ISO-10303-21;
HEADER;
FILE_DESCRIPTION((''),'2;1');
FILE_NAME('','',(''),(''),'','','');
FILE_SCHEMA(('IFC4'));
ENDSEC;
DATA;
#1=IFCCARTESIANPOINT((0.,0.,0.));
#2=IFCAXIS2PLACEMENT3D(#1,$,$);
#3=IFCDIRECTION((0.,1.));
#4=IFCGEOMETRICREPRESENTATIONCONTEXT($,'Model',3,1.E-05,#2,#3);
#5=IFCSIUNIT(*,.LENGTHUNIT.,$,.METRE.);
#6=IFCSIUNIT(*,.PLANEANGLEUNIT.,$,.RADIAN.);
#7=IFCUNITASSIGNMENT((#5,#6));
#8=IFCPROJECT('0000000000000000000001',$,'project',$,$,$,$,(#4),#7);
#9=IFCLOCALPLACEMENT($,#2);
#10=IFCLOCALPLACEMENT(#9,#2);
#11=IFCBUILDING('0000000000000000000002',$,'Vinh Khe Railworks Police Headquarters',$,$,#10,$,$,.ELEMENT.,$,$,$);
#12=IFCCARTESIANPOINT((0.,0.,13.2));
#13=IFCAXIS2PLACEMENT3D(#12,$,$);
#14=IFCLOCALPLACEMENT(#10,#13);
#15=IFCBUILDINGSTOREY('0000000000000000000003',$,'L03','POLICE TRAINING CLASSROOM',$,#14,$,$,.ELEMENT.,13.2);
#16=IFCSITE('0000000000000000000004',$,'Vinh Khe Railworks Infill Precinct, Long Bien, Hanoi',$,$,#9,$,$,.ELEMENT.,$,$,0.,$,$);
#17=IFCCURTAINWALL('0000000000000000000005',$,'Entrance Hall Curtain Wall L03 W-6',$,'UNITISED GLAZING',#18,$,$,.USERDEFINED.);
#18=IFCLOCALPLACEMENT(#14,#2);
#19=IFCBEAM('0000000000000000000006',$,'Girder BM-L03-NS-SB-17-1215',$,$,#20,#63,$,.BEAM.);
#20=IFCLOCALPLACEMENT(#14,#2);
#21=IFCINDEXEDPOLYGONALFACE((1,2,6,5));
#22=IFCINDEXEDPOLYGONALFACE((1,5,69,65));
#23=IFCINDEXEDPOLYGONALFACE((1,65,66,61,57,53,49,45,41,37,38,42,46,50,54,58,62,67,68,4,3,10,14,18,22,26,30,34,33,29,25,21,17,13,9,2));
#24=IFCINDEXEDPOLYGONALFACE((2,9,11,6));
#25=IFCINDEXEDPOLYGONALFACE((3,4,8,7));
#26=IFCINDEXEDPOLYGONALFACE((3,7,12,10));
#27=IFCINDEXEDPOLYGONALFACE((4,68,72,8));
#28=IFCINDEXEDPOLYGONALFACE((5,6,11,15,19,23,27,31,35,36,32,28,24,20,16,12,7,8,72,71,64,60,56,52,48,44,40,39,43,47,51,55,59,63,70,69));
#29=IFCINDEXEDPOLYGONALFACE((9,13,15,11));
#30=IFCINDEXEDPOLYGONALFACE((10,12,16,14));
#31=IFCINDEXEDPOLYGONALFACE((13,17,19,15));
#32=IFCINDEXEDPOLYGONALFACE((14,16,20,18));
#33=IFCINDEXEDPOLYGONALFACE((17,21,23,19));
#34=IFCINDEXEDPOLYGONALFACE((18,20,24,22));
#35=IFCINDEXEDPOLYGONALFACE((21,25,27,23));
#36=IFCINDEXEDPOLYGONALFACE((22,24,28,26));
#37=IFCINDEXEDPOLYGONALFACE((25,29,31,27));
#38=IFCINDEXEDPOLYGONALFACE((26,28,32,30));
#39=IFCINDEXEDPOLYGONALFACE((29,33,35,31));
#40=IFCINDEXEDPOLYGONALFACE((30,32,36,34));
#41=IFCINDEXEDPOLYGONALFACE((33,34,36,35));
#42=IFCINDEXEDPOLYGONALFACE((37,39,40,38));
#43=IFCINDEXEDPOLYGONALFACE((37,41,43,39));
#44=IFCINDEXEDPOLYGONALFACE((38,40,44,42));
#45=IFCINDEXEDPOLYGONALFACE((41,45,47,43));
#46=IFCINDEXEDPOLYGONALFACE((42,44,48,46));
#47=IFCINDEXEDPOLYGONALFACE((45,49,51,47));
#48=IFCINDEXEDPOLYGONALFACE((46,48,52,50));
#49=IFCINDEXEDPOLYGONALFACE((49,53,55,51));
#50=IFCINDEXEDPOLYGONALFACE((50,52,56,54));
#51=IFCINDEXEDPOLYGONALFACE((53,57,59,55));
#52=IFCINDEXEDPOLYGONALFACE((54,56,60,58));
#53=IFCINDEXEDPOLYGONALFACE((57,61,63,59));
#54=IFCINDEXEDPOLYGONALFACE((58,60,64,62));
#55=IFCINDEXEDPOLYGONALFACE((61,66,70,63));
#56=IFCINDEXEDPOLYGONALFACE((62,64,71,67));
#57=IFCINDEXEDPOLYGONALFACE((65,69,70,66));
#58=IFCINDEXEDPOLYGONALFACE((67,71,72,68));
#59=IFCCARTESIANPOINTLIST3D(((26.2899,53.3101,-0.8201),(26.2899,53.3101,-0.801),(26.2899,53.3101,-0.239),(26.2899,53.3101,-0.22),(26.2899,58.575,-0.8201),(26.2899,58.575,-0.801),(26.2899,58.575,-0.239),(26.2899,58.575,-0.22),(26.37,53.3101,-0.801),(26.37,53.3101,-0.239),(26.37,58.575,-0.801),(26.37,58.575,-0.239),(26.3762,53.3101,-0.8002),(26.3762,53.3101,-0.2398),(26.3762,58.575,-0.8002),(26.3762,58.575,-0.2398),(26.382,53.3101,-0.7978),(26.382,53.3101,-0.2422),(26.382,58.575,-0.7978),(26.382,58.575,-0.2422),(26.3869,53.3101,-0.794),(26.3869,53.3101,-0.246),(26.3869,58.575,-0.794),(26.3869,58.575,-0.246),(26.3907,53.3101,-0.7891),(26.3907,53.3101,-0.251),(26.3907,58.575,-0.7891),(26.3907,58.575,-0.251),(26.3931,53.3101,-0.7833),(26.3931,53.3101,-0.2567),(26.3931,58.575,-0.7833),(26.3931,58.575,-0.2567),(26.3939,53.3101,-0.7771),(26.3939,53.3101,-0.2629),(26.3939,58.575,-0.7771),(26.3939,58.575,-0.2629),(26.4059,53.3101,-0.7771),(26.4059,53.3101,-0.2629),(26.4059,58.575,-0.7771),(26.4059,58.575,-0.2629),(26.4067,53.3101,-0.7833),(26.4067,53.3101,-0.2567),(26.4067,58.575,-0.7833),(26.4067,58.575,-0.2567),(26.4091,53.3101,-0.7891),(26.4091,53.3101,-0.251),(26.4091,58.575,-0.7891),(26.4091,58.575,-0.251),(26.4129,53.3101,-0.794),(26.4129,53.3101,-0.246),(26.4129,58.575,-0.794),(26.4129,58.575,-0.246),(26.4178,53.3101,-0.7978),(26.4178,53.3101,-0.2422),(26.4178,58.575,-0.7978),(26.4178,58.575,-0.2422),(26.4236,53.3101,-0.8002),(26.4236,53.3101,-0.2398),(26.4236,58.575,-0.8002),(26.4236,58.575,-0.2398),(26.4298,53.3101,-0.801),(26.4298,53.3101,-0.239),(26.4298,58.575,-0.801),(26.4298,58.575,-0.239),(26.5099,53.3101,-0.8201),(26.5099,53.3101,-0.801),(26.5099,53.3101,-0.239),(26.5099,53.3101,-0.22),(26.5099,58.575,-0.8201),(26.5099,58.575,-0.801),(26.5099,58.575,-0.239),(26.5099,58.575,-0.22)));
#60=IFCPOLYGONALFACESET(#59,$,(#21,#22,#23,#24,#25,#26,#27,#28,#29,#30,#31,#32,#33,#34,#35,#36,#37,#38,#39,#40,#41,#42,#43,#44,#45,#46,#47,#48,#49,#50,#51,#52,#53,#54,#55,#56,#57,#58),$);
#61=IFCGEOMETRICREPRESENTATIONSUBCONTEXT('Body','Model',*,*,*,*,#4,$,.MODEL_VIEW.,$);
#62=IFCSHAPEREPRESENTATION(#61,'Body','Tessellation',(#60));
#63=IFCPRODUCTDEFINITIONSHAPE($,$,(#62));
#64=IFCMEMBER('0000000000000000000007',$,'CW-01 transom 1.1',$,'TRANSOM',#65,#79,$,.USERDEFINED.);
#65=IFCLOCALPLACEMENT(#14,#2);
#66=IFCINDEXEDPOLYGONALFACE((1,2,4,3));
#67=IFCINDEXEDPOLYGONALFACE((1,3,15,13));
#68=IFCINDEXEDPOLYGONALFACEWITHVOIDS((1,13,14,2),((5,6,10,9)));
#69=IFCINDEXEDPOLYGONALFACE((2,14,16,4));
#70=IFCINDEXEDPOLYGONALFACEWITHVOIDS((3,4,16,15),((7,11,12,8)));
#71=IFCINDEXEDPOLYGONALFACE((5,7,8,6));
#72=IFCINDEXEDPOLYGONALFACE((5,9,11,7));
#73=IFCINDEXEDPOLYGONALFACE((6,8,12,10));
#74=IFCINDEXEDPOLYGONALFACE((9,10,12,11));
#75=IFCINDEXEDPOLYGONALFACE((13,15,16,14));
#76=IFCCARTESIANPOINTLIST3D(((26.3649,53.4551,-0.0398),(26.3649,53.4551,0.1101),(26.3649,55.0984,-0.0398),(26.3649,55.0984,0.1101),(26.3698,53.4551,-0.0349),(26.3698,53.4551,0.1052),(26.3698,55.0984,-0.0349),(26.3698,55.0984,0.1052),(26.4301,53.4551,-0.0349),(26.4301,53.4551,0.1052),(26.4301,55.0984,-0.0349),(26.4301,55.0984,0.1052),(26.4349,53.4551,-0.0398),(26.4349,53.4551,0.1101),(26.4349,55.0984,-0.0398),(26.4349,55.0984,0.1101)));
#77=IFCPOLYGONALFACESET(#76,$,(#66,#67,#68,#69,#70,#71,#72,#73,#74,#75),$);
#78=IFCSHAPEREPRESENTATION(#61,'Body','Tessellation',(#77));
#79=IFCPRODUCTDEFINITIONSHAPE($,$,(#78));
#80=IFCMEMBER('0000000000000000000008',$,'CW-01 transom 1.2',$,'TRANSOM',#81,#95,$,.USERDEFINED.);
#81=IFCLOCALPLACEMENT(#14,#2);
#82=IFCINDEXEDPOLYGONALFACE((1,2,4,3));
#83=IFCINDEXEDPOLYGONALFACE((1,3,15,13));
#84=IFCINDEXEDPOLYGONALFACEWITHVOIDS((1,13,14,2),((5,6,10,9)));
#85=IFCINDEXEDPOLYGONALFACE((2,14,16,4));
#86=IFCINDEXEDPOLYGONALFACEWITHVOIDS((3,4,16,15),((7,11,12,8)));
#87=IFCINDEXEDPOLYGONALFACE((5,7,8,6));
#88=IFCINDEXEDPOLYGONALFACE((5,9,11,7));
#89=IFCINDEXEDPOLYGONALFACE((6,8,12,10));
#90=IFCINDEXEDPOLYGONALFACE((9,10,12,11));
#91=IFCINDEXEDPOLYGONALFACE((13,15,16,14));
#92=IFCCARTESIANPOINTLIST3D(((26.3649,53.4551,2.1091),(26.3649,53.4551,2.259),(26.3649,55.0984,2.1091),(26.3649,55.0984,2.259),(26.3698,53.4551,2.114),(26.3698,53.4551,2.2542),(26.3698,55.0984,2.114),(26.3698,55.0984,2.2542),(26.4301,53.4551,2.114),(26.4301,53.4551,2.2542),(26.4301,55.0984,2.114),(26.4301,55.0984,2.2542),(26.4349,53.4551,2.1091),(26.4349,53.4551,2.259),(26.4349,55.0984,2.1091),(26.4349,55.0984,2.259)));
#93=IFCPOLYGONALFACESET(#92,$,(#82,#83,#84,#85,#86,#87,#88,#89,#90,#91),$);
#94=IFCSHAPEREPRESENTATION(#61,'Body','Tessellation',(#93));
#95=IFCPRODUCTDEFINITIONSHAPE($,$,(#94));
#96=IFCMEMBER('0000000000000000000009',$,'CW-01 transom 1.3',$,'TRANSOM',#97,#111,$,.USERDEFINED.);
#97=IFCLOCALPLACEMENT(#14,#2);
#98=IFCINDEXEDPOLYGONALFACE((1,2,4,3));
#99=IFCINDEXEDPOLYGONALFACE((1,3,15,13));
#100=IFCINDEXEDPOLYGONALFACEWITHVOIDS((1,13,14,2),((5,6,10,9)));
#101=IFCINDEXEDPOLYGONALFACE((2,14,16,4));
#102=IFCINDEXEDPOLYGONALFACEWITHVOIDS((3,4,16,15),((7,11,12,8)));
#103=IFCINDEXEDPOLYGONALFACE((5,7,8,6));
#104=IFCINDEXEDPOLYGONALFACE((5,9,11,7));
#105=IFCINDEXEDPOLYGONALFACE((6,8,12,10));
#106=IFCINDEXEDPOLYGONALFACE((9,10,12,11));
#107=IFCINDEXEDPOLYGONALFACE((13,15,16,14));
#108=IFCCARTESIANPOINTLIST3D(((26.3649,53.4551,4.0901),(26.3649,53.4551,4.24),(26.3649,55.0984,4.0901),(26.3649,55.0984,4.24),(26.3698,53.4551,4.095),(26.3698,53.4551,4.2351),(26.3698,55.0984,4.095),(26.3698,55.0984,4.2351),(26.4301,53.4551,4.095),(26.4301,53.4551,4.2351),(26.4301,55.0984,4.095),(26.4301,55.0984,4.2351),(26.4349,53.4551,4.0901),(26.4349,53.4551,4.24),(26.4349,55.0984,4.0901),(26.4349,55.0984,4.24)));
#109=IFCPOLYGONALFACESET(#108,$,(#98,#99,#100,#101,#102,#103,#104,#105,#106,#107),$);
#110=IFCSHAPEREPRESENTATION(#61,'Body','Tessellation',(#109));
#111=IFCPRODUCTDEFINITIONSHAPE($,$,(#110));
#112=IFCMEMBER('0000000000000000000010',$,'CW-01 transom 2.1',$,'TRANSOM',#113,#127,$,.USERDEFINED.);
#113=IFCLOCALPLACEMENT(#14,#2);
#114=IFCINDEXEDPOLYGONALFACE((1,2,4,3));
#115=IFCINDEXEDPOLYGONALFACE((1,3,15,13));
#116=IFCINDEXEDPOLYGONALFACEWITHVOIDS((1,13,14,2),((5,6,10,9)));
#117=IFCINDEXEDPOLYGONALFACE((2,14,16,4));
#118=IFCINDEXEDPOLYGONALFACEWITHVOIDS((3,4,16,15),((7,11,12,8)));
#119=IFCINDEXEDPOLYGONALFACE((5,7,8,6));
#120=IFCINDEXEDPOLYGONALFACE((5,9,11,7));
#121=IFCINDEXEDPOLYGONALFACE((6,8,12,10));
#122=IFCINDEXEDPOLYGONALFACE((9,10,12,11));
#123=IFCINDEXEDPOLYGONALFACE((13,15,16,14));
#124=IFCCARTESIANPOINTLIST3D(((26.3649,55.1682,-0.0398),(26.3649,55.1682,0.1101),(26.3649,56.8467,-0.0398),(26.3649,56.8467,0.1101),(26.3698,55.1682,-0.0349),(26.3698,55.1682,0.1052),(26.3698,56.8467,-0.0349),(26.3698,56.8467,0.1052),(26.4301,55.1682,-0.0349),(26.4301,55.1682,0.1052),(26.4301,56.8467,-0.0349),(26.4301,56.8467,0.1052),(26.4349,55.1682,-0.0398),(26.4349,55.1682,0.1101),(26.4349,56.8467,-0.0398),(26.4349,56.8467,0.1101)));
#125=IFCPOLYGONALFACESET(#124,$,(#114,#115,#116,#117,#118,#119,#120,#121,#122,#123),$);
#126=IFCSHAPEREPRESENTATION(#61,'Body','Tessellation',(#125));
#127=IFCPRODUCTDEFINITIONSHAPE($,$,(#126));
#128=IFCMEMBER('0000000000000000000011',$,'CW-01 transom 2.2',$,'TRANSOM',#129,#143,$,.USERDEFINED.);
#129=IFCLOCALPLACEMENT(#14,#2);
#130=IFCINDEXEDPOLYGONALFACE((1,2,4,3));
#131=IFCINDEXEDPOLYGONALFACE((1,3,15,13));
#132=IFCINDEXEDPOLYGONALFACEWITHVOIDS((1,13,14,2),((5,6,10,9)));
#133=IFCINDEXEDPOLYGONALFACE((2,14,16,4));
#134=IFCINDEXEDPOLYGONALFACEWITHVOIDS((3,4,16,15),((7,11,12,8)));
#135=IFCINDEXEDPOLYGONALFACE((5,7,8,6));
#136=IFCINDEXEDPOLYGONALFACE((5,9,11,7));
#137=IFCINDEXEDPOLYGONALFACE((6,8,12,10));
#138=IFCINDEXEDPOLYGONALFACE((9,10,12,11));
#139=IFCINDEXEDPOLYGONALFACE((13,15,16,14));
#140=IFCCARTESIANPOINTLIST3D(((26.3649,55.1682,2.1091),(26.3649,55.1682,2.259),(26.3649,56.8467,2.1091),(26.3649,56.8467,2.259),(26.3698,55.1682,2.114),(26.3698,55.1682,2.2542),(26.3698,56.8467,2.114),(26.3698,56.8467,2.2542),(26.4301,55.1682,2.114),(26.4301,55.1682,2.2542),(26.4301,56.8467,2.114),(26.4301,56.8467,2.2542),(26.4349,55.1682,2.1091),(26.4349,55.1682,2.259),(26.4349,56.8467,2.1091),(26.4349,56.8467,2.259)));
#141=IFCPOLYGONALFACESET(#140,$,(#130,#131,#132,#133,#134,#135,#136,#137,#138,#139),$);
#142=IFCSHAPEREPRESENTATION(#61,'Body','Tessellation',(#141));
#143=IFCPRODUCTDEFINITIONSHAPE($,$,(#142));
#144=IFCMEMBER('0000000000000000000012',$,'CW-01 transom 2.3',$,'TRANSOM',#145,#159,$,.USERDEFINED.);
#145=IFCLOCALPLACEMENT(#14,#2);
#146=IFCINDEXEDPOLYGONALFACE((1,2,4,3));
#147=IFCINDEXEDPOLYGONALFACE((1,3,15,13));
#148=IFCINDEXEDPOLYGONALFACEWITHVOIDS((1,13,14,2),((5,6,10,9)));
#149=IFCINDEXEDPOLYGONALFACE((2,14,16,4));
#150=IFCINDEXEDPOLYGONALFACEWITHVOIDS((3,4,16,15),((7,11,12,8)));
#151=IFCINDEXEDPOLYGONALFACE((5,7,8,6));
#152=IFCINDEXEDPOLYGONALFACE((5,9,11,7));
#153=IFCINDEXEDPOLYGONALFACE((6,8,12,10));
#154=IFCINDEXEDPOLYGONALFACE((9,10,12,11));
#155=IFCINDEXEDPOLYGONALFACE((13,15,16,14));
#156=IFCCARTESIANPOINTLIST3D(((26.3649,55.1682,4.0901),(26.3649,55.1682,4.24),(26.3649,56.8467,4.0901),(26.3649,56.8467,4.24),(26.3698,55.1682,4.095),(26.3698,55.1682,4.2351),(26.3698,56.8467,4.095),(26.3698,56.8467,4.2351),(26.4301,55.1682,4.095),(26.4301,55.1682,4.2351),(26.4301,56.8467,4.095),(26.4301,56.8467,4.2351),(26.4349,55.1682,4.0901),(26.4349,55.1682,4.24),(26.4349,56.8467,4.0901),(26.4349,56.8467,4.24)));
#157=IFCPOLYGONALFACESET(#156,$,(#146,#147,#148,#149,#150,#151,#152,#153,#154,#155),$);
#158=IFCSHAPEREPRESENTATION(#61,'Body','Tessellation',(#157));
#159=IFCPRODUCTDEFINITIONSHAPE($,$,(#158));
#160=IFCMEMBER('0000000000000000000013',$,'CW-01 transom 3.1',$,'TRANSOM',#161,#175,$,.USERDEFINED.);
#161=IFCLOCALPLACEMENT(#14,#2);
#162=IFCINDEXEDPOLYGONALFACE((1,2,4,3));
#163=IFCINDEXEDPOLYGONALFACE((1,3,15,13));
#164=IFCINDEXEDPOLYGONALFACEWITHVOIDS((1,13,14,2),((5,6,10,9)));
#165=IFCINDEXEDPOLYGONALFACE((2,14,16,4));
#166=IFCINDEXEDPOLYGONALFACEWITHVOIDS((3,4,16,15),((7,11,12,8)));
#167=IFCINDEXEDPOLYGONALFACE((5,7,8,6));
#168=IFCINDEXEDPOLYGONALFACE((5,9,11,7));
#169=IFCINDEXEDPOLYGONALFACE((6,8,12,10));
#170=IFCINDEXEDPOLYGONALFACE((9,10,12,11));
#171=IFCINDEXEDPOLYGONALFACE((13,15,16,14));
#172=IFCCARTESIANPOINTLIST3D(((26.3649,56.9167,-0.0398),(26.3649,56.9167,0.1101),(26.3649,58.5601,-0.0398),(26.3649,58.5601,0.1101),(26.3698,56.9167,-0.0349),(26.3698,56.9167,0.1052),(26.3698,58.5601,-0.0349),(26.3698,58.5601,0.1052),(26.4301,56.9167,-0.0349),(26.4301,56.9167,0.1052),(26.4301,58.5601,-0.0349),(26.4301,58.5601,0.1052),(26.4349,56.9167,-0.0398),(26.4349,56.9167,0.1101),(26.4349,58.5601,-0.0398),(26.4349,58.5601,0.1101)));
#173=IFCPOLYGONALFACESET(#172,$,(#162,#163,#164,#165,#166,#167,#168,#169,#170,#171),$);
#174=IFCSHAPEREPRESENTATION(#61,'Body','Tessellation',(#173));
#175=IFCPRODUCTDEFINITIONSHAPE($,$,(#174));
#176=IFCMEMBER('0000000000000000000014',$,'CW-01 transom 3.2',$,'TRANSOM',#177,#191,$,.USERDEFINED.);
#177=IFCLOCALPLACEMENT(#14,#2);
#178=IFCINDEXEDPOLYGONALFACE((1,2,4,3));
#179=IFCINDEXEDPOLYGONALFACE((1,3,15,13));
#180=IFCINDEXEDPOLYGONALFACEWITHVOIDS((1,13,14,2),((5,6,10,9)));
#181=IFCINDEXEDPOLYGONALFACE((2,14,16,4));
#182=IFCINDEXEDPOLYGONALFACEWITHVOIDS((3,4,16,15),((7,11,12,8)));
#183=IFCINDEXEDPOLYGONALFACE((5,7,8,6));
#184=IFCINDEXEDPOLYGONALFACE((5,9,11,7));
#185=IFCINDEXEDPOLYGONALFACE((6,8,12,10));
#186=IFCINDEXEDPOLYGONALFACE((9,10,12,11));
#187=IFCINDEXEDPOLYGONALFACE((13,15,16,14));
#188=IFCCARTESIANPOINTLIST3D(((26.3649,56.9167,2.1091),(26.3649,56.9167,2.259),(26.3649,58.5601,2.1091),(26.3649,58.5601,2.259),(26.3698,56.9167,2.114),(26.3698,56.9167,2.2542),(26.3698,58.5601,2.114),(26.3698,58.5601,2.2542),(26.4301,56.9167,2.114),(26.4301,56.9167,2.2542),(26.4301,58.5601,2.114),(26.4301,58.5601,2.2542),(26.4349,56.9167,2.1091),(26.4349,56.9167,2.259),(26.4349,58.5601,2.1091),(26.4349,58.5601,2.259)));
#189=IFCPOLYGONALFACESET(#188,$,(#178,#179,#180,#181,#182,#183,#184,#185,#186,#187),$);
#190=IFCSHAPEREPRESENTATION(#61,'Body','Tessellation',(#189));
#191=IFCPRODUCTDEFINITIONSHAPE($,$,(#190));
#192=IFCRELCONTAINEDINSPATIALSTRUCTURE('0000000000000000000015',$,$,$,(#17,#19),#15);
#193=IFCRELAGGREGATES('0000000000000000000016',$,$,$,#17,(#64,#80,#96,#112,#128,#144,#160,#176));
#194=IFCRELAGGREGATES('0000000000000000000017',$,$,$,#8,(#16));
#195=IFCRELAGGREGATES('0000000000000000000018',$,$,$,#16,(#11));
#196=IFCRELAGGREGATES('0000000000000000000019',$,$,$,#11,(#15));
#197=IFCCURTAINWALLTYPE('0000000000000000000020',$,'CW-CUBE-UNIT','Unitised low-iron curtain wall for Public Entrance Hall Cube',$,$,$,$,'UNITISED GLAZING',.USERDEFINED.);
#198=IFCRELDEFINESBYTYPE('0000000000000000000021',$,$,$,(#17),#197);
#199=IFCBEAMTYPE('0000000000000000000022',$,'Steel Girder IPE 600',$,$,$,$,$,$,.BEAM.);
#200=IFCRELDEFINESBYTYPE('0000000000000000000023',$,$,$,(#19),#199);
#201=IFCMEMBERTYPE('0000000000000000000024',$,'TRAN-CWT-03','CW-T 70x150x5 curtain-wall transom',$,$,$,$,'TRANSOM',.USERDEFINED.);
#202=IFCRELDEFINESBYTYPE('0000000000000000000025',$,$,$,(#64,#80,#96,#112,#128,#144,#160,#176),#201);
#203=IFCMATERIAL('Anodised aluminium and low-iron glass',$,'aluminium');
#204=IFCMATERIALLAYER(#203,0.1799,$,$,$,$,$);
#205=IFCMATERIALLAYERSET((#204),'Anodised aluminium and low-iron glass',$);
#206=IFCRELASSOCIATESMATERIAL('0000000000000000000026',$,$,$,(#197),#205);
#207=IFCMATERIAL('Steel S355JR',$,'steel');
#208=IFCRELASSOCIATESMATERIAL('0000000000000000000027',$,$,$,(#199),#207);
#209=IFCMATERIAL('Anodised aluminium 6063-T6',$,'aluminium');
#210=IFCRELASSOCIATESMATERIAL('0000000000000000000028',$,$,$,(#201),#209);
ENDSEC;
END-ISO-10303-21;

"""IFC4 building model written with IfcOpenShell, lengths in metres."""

from ifc_helpers import new_model, si_unit, direction, frame, origin, origin_2d, place, context, subcontext, project, spatial, hollow_rectangle, i_section, extrude, material, layer, layer_set, material_profile, profile_set, type_object, element, aggregate, save


model = new_model("IFC4")

# Units and contexts
model_context = context("Model", 3, precision=1e-05, world=origin(), true_north=direction((0.0, 1.0)))
body_context = subcontext(model_context, "Body", "Model", "MODEL_VIEW")
ifc_project = project(units=[si_unit("LENGTHUNIT", "METRE"), si_unit("PLANEANGLEUNIT", "RADIAN")], contexts=[model_context])

# Site, building, storey
site_placement = place(None, origin())
site = spatial("IfcSite", under=ifc_project, at=site_placement, Name="Vinh Khe Railworks Infill Precinct, Long Bien, Hanoi", CompositionType="ELEMENT", RefElevation=0.0)
building_placement = place(site_placement, origin())
building = spatial("IfcBuilding", under=site, at=building_placement, Name="Vinh Khe Railworks Police Headquarters", CompositionType="ELEMENT")
storey_placement = place(building_placement, frame((0.0, 0.0, 13.2)))
storey = spatial("IfcBuildingStorey", under=building, at=storey_placement, Name="L03", Description="POLICE TRAINING CLASSROOM", CompositionType="ELEMENT", Elevation=13.2)

# Shared definitions
ifc_material_1 = material(Name="Steel S355JR", Category="steel")

# Curtain wall
ifc_material_2 = material(Name="Anodised aluminium and low-iron glass", Category="aluminium")
ifc_layer_1 = layer(ifc_material_2, 0.1799)
ifc_layer_set_1 = layer_set([ifc_layer_1], Name="Anodised aluminium and low-iron glass")
curtain_wall_type = type_object("IfcCurtainWallType", Name="CW-CUBE-UNIT", Description="Unitised low-iron curtain wall for Public Entrance Hall Cube", ElementType="UNITISED GLAZING", PredefinedType="USERDEFINED", material=ifc_layer_set_1)
curtain_wall_placement = place(storey_placement, origin())
curtain_wall = element("IfcCurtainWall", 1, at=curtain_wall_placement, inside=storey, type_object=curtain_wall_type, Name="Entrance Hall Curtain Wall L03 W-6", ObjectType="UNITISED GLAZING", PredefinedType="USERDEFINED")
ifc_material_3 = material(Name="Anodised aluminium 6063-T6", Category="aluminium")

# Beam
ifc_material_profile_1 = material_profile(ifc_material_1, i_section(OverallWidth=0.22, OverallDepth=0.6001, WebThickness=0.012, FlangeThickness=0.019, FilletRadius=0.0239, at=origin_2d()), Name="IPE 600")
ifc_profile_set_1 = profile_set([ifc_material_profile_1], Name="Steel S355JR")
beam_type = type_object("IfcBeamType", Name="Steel Girder IPE 600", PredefinedType="BEAM", material=ifc_profile_set_1)
beam_placement = place(storey_placement, frame((26.3999, 53.3101, -0.52), z_axis=(0.0, 1.0, 0.0), x_axis=(-1.0, 0.0, 0.0)))
element("IfcBeam", 2, at=beam_placement, inside=storey, type_object=beam_type, Name="Girder BM-L03-NS-SB-17-1215", PredefinedType="BEAM", context=body_context, shape_type="SweptSolid", body=[
    extrude(i_section(OverallWidth=0.22, OverallDepth=0.6001, WebThickness=0.012, FlangeThickness=0.019, FilletRadius=0.0239, at=origin_2d()), origin(), (0.0, 0.0, 1.0), 5.2649),
])

# Members
ifc_material_profile_2 = material_profile(ifc_material_3, hollow_rectangle(XDim=0.0701, YDim=0.1499, WallThickness=0.0049, at=origin_2d()), Name="CW-T 70x150x5")
ifc_profile_set_2 = profile_set([ifc_material_profile_2], Name="Anodised aluminium 6063-T6")
member_type_1 = type_object("IfcMemberType", Name="TRAN-CWT-03", Description="CW-T 70x150x5 curtain-wall transom", ElementType="TRANSOM", PredefinedType="USERDEFINED", material=ifc_profile_set_2)
member_1_placement = place(storey_placement, frame((26.3999, 53.4551, 0.0352), z_axis=(0.0, 1.0, 0.0), x_axis=(-1.0, 0.0, 0.0)))
member_1 = element("IfcMember", 3, at=member_1_placement, type_object=member_type_1, Name="CW-01 transom 1.1", ObjectType="TRANSOM", PredefinedType="USERDEFINED", context=body_context, shape_type="SweptSolid", body=[
    extrude(hollow_rectangle(XDim=0.0701, YDim=0.1499, WallThickness=0.0049, at=origin_2d()), origin(), (0.0, 0.0, 1.0), 1.6433),
])
member_2_placement = place(storey_placement, frame((26.3999, 53.4551, 2.1841), z_axis=(0.0, 1.0, 0.0), x_axis=(-1.0, 0.0, 0.0)))
member_2 = element("IfcMember", 4, at=member_2_placement, type_object=member_type_1, Name="CW-01 transom 1.2", ObjectType="TRANSOM", PredefinedType="USERDEFINED", context=body_context, shape_type="SweptSolid", body=[
    extrude(hollow_rectangle(XDim=0.0701, YDim=0.1499, WallThickness=0.0049, at=origin_2d()), origin(), (0.0, 0.0, 1.0), 1.6433),
])
member_3_placement = place(storey_placement, frame((26.3999, 53.4551, 4.165), z_axis=(0.0, 1.0, 0.0), x_axis=(-1.0, 0.0, 0.0)))
member_3 = element("IfcMember", 5, at=member_3_placement, type_object=member_type_1, Name="CW-01 transom 1.3", ObjectType="TRANSOM", PredefinedType="USERDEFINED", context=body_context, shape_type="SweptSolid", body=[
    extrude(hollow_rectangle(XDim=0.0701, YDim=0.1499, WallThickness=0.0049, at=origin_2d()), origin(), (0.0, 0.0, 1.0), 1.6433),
])
member_4_placement = place(storey_placement, frame((26.3999, 55.1682, 0.0352), z_axis=(0.0, 1.0, 0.0), x_axis=(-1.0, 0.0, 0.0)))
member_4 = element("IfcMember", 6, at=member_4_placement, type_object=member_type_1, Name="CW-01 transom 2.1", ObjectType="TRANSOM", PredefinedType="USERDEFINED", context=body_context, shape_type="SweptSolid", body=[
    extrude(hollow_rectangle(XDim=0.0701, YDim=0.1499, WallThickness=0.0049, at=origin_2d()), origin(), (0.0, 0.0, 1.0), 1.6785),
])
member_5_placement = place(storey_placement, frame((26.3999, 55.1682, 2.1841), z_axis=(0.0, 1.0, 0.0), x_axis=(-1.0, 0.0, 0.0)))
member_5 = element("IfcMember", 7, at=member_5_placement, type_object=member_type_1, Name="CW-01 transom 2.2", ObjectType="TRANSOM", PredefinedType="USERDEFINED", context=body_context, shape_type="SweptSolid", body=[
    extrude(hollow_rectangle(XDim=0.0701, YDim=0.1499, WallThickness=0.0049, at=origin_2d()), origin(), (0.0, 0.0, 1.0), 1.6785),
])
member_6_placement = place(storey_placement, frame((26.3999, 55.1682, 4.165), z_axis=(0.0, 1.0, 0.0), x_axis=(-1.0, 0.0, 0.0)))
member_6 = element("IfcMember", 8, at=member_6_placement, type_object=member_type_1, Name="CW-01 transom 2.3", ObjectType="TRANSOM", PredefinedType="USERDEFINED", context=body_context, shape_type="SweptSolid", body=[
    extrude(hollow_rectangle(XDim=0.0701, YDim=0.1499, WallThickness=0.0049, at=origin_2d()), origin(), (0.0, 0.0, 1.0), 1.6785),
])
member_7_placement = place(storey_placement, frame((26.3999, 56.9167, 0.0352), z_axis=(0.0, 1.0, 0.0), x_axis=(-1.0, 0.0, 0.0)))
member_7 = element("IfcMember", 9, at=member_7_placement, type_object=member_type_1, Name="CW-01 transom 3.1", ObjectType="TRANSOM", PredefinedType="USERDEFINED", context=body_context, shape_type="SweptSolid", body=[
    extrude(hollow_rectangle(XDim=0.0701, YDim=0.1499, WallThickness=0.0049, at=origin_2d()), origin(), (0.0, 0.0, 1.0), 1.6433),
])
member_8_placement = place(storey_placement, frame((26.3999, 56.9167, 2.1841), z_axis=(0.0, 1.0, 0.0), x_axis=(-1.0, 0.0, 0.0)))
member_8 = element("IfcMember", 10, at=member_8_placement, type_object=member_type_1, Name="CW-01 transom 3.2", ObjectType="TRANSOM", PredefinedType="USERDEFINED", context=body_context, shape_type="SweptSolid", body=[
    extrude(hollow_rectangle(XDim=0.0701, YDim=0.1499, WallThickness=0.0049, at=origin_2d()), origin(), (0.0, 0.0, 1.0), 1.6433),
])

aggregate(curtain_wall, [member_1, member_2, member_3, member_4, member_5, member_6, member_7, member_8])

save(model, "model.ifc")
